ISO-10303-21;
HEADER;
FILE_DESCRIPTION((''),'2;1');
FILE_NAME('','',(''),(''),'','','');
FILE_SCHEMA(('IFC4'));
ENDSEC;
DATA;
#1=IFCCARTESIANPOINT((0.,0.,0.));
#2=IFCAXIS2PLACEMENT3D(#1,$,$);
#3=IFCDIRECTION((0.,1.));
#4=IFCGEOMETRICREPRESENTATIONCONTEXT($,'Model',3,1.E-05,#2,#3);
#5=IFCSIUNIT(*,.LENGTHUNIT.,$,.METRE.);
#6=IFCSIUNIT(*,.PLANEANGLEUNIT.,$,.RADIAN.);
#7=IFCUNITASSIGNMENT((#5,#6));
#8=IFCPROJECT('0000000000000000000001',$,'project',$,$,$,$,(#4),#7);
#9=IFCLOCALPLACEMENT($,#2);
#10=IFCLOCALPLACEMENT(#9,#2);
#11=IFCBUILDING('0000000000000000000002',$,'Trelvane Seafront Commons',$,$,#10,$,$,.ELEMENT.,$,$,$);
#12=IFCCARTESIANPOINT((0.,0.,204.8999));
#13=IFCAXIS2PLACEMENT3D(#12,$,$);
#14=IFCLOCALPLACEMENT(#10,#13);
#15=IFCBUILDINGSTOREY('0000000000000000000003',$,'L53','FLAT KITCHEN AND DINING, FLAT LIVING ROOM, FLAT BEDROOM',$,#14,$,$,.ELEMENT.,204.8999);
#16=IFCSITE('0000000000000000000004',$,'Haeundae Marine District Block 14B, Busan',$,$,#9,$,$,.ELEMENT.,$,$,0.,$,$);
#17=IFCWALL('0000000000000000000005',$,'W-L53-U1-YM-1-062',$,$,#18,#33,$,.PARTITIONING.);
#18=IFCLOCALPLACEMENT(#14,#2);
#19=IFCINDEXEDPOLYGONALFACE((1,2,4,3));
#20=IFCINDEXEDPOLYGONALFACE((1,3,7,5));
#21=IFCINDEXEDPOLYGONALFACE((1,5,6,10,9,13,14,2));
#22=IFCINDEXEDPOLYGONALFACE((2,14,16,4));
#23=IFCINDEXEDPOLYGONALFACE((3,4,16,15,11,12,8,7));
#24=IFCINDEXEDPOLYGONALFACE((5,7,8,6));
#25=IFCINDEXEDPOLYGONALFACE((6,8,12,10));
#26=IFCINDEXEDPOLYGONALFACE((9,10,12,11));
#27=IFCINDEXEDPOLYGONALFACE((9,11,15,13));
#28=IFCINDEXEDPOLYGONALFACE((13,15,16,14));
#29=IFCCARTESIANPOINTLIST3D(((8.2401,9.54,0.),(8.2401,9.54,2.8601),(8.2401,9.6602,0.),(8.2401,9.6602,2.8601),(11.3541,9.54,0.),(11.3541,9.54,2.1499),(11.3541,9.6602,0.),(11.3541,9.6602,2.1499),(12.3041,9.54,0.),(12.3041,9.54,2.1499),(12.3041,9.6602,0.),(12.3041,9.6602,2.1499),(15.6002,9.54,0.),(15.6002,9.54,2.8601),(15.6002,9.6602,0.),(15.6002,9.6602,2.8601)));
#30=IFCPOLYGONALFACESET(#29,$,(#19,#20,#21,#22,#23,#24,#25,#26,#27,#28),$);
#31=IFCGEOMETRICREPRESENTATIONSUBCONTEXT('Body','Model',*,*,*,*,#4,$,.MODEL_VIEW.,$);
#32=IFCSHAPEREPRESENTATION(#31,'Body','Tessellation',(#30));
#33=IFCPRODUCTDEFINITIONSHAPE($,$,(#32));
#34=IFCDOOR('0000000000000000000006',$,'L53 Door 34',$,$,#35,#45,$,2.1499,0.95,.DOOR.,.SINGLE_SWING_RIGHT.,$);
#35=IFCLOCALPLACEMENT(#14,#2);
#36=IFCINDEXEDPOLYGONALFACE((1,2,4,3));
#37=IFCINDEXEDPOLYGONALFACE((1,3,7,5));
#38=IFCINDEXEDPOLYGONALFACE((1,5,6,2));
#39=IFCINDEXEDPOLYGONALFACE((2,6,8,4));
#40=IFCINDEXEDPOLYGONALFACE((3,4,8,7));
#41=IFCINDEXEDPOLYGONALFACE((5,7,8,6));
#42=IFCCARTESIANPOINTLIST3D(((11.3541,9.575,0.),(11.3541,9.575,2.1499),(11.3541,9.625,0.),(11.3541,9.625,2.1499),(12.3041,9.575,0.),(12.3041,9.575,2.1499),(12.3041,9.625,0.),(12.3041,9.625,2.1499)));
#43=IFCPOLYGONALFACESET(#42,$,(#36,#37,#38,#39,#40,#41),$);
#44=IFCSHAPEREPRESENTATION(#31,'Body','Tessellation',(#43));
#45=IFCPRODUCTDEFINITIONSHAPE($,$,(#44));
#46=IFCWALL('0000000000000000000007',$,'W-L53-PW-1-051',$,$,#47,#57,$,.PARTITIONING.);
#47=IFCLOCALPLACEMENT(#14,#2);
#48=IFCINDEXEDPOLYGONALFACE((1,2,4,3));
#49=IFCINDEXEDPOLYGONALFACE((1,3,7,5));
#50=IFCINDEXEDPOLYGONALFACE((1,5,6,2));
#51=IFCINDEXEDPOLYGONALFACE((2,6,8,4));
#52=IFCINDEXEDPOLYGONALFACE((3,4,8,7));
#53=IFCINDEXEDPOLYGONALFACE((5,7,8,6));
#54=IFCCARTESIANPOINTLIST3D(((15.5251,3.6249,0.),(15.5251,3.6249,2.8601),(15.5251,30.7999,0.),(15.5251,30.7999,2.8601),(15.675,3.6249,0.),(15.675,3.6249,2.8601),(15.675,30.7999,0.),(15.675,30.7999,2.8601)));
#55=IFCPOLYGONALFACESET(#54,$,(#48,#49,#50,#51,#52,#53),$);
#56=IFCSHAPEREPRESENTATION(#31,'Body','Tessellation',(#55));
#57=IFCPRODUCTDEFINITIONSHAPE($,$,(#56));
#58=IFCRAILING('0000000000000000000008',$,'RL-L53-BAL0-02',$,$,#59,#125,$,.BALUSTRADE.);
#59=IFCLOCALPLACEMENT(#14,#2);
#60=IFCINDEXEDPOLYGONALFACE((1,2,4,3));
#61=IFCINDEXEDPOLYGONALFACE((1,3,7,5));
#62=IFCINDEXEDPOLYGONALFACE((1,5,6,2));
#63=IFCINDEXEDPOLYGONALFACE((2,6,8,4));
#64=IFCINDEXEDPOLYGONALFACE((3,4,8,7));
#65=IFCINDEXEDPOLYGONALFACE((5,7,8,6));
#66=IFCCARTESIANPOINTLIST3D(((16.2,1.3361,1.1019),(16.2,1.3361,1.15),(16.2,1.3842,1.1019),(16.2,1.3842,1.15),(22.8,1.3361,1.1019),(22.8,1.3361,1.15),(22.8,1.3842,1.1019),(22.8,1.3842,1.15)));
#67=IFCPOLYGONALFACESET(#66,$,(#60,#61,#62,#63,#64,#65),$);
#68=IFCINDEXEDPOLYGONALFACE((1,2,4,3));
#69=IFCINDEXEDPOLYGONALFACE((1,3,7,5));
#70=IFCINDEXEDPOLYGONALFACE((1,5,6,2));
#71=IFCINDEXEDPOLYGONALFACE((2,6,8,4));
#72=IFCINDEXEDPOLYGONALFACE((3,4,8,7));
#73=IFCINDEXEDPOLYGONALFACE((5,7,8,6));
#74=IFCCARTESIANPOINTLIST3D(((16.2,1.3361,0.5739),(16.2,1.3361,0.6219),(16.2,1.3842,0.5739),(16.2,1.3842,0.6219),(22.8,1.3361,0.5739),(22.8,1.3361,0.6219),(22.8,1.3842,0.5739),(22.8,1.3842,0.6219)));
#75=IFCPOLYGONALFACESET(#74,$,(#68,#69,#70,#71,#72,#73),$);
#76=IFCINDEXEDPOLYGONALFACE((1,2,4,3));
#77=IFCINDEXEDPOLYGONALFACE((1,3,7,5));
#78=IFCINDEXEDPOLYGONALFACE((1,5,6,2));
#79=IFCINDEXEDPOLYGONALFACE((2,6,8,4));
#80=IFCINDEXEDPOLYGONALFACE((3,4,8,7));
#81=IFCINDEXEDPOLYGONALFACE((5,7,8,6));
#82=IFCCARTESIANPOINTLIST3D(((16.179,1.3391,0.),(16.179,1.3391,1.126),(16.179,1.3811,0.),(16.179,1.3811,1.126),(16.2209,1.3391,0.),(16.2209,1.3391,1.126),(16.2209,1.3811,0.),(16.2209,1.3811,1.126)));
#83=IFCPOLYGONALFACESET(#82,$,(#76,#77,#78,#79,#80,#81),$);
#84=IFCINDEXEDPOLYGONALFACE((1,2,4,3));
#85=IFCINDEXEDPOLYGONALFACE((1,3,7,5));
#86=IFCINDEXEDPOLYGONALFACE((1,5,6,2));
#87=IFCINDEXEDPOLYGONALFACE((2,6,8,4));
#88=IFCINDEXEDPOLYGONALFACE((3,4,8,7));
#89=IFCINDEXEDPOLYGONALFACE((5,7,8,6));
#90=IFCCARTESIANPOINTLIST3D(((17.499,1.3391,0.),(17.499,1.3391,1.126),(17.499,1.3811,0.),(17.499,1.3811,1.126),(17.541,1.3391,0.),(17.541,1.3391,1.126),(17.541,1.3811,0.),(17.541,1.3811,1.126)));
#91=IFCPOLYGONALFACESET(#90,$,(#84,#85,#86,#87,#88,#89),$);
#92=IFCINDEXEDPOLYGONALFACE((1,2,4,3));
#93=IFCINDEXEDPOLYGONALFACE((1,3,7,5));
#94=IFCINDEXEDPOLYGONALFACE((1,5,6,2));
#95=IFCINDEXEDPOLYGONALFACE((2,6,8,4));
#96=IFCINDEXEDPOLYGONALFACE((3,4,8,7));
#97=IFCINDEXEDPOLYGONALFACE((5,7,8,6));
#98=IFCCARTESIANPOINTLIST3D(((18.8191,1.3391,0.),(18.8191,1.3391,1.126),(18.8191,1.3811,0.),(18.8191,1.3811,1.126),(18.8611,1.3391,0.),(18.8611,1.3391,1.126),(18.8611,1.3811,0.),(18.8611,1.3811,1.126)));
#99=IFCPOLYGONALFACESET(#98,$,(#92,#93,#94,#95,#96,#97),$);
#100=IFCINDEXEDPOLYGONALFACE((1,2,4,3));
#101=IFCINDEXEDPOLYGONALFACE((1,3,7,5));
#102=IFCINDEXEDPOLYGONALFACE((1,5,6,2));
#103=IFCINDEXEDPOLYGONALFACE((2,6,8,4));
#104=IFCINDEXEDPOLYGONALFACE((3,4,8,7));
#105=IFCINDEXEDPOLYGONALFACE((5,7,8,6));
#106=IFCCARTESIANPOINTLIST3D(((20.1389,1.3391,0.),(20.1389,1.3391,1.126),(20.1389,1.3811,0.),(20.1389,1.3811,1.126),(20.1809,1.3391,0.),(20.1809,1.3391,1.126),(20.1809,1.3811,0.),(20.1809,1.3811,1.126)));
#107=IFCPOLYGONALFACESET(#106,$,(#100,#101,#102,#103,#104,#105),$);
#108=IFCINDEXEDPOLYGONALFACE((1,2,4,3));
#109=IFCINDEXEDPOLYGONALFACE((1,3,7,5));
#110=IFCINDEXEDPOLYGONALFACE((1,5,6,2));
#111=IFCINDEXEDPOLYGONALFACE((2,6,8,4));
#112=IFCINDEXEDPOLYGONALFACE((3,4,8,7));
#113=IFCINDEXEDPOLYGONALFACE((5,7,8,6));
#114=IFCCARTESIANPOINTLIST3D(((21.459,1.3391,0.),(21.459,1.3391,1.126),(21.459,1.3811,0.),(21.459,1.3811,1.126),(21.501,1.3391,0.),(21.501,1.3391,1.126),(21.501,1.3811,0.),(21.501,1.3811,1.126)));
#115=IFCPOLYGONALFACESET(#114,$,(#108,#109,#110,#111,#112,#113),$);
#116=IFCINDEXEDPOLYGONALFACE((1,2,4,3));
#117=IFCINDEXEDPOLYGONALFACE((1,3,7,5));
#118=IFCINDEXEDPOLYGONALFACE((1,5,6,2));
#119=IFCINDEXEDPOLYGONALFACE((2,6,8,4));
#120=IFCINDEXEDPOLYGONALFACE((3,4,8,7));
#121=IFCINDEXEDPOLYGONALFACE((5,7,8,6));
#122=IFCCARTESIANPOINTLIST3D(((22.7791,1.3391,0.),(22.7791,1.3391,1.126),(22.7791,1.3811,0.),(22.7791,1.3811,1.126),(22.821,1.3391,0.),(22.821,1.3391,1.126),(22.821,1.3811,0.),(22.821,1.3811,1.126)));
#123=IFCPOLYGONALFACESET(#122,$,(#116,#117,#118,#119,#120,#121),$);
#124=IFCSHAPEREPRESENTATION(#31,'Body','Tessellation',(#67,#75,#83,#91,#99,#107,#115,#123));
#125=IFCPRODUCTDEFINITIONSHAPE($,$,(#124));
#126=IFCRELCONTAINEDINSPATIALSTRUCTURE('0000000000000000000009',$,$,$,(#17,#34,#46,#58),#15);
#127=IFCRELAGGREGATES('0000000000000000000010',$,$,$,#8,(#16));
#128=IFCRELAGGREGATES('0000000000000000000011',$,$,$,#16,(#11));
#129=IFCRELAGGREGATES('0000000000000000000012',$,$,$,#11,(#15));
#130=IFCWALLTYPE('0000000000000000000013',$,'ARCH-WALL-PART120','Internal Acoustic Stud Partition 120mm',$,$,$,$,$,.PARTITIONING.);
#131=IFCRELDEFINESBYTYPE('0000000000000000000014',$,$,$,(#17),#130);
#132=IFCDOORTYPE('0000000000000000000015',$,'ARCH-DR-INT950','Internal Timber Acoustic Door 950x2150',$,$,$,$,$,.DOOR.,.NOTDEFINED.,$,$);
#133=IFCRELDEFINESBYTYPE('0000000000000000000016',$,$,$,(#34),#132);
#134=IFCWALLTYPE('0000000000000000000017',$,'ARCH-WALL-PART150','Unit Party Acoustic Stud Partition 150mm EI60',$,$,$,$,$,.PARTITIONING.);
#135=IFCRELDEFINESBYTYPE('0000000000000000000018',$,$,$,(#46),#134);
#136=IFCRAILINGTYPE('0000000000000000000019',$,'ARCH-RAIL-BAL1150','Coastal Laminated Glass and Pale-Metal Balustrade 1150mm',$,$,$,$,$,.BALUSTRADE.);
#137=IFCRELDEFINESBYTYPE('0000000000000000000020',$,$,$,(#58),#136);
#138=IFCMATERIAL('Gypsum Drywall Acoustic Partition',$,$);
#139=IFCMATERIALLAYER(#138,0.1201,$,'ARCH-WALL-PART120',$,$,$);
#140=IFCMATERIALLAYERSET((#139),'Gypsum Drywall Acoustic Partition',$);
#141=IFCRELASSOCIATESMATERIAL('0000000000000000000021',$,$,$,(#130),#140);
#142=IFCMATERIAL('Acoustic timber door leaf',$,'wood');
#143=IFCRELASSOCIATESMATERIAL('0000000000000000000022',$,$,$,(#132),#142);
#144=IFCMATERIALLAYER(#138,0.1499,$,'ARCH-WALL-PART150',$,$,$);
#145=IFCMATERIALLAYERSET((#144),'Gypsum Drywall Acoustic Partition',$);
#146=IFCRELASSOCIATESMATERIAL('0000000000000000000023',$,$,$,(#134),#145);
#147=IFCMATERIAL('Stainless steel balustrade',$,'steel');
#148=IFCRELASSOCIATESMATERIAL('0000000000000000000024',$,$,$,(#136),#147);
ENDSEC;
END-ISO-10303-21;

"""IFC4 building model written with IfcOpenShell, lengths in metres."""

from ifc_helpers import new_model, si_unit, direction, frame, frame_2d, origin, origin_2d, place, context, subcontext, project, spatial, rectangle, extrude, source, transform, mapped, material, layer, layer_set, type_object, element, fill, save


model = new_model("IFC4")

# Units and contexts
model_context = context("Model", 3, precision=1e-05, world=origin(), true_north=direction((0.0, 1.0)))
body_context = subcontext(model_context, "Body", "Model", "MODEL_VIEW")
ifc_project = project(units=[si_unit("LENGTHUNIT", "METRE"), si_unit("PLANEANGLEUNIT", "RADIAN")], contexts=[model_context])

# Site, building, storey
site_placement = place(None, origin())
site = spatial("IfcSite", under=ifc_project, at=site_placement, Name="Haeundae Marine District Block 14B, Busan", CompositionType="ELEMENT", RefElevation=0.0)
building_placement = place(site_placement, origin())
building = spatial("IfcBuilding", under=site, at=building_placement, Name="Trelvane Seafront Commons", CompositionType="ELEMENT")
storey_placement = place(building_placement, frame((0.0, 0.0, 204.8999)))
storey = spatial("IfcBuildingStorey", under=building, at=storey_placement, Name="L53", Description="FLAT KITCHEN AND DINING, FLAT LIVING ROOM, FLAT BEDROOM", CompositionType="ELEMENT", Elevation=204.8999)

# Wall, opening, door
ifc_material_1 = material(Name="Gypsum Drywall Acoustic Partition")
ifc_layer_1 = layer(ifc_material_1, 0.1201, Name="ARCH-WALL-PART120")
ifc_layer_set_1 = layer_set([ifc_layer_1], Name="Gypsum Drywall Acoustic Partition")
wall_type_1 = type_object("IfcWallType", Name="ARCH-WALL-PART120", Description="Internal Acoustic Stud Partition 120mm", PredefinedType="PARTITIONING", material=ifc_layer_set_1)
wall_1_placement = place(storey_placement, frame((8.24, 9.6001, 0.0), z_axis=(0.0, 0.0, 1.0), x_axis=(1.0, 0.0, 0.0)))
wall_1 = element("IfcWall", 1, at=wall_1_placement, inside=storey, type_object=wall_type_1, Name="W-L53-U1-YM-1-062", PredefinedType="PARTITIONING", context=body_context, shape_type="SweptSolid", body=[
    extrude(rectangle(XDim=7.3601, YDim=0.1201, at=frame_2d((3.6802, 0.0))), origin(), (0.0, 0.0, 1.0), 2.8601),
])
opening_1_placement = place(wall_1_placement, frame((3.114, 0.0, 0.0)))
opening_1 = element("IfcOpeningElement", 2, at=opening_1_placement, cuts=wall_1, PredefinedType="OPENING", context=body_context, shape_type="SweptSolid", body=[
    extrude(rectangle(XDim=0.95, YDim=2.1499, at=frame_2d((0.4751, 1.075))), frame((0.0, 0.0701, 0.0), z_axis=(0.0, -1.0, 0.0), x_axis=(1.0, 0.0, 0.0)), (0.0, 0.0, 1.0), 0.1401),
])
ifc_material_2 = material(Name="Acoustic timber door leaf", Category="wood")
door_type = type_object("IfcDoorType", Name="ARCH-DR-INT950", Description="Internal Timber Acoustic Door 950x2150", OperationType="NOTDEFINED", PredefinedType="DOOR", material=ifc_material_2)
shared_shape_1 = source(origin(), body_context, "Body", "SweptSolid", [
    extrude(rectangle(XDim=0.95, YDim=2.1499, at=frame_2d((0.4751, 1.075))), frame((0.0, 0.0249, 0.0), z_axis=(0.0, -1.0, 0.0), x_axis=(1.0, 0.0, 0.0)), (0.0, 0.0, 1.0), 0.05),
])
door_placement = place(opening_1_placement, origin())
door = element("IfcDoor", 3, at=door_placement, inside=storey, type_object=door_type, Name="L53 Door 34", OperationType="SINGLE_SWING_RIGHT", OverallHeight=2.1499, OverallWidth=0.95, PredefinedType="DOOR", context=body_context, shape_type="MappedRepresentation", body=[
    mapped(shared_shape_1, transform((0.0, 0.0, 0.0), x_axis=(1.0, 0.0, 0.0), y_axis=(0.0, 1.0, 0.0), z_axis=(0.0, 0.0, 1.0), scale=1.0)),
])
fill(opening_1, door)

# Wall
ifc_layer_2 = layer(ifc_material_1, 0.1499, Name="ARCH-WALL-PART150")
ifc_layer_set_2 = layer_set([ifc_layer_2], Name="Gypsum Drywall Acoustic Partition")
wall_type_2 = type_object("IfcWallType", Name="ARCH-WALL-PART150", Description="Unit Party Acoustic Stud Partition 150mm EI60", PredefinedType="PARTITIONING", material=ifc_layer_set_2)
wall_2_placement = place(storey_placement, frame((15.6001, 3.625, 0.0), z_axis=(0.0, 0.0, 1.0), x_axis=(0.0, 1.0, 0.0)))
element("IfcWall", 4, at=wall_2_placement, inside=storey, type_object=wall_type_2, Name="W-L53-PW-1-051", PredefinedType="PARTITIONING", context=body_context, shape_type="SweptSolid", body=[
    extrude(rectangle(XDim=27.175, YDim=0.1499, at=frame_2d((13.5874, 0.0))), origin(), (0.0, 0.0, 1.0), 2.8601),
])

# Railing
ifc_material_3 = material(Name="Stainless steel balustrade", Category="steel")
railing_type = type_object("IfcRailingType", Name="ARCH-RAIL-BAL1150", Description="Coastal Laminated Glass and Pale-Metal Balustrade 1150mm", PredefinedType="BALUSTRADE", material=ifc_material_3)
railing_placement = place(storey_placement, frame((16.2, 1.3601, 0.0)))
element("IfcRailing", 5, at=railing_placement, inside=storey, type_object=railing_type, Name="RL-L53-BAL0-02", PredefinedType="BALUSTRADE", context=body_context, shape_type="SweptSolid", body=[
    extrude(rectangle(XDim=0.0481, YDim=0.0481, at=origin_2d()), frame((0.0, 0.0, 1.126), z_axis=(1.0, 0.0, 0.0), x_axis=(0.0, 1.0, 0.0)), (0.0, 0.0, 1.0), 6.6001),
    extrude(rectangle(XDim=0.0481, YDim=0.0481, at=origin_2d()), frame((0.0, 0.0, 0.5979), z_axis=(1.0, 0.0, 0.0), x_axis=(0.0, 1.0, 0.0)), (0.0, 0.0, 1.0), 6.6001),
    extrude(rectangle(XDim=0.042, YDim=0.042, at=origin_2d()), origin(), (0.0, 0.0, 1.0), 1.126),
    extrude(rectangle(XDim=0.042, YDim=0.042, at=origin_2d()), frame((1.3201, 0.0, 0.0)), (0.0, 0.0, 1.0), 1.126),
    extrude(rectangle(XDim=0.042, YDim=0.042, at=origin_2d()), frame((2.6401, 0.0, 0.0)), (0.0, 0.0, 1.0), 1.126),
    extrude(rectangle(XDim=0.042, YDim=0.042, at=origin_2d()), frame((3.96, 0.0, 0.0)), (0.0, 0.0, 1.0), 1.126),
    extrude(rectangle(XDim=0.042, YDim=0.042, at=origin_2d()), frame((5.28, 0.0, 0.0)), (0.0, 0.0, 1.0), 1.126),
    extrude(rectangle(XDim=0.042, YDim=0.042, at=origin_2d()), frame((6.6001, 0.0, 0.0)), (0.0, 0.0, 1.0), 1.126),
])

save(model, "model.ifc")
